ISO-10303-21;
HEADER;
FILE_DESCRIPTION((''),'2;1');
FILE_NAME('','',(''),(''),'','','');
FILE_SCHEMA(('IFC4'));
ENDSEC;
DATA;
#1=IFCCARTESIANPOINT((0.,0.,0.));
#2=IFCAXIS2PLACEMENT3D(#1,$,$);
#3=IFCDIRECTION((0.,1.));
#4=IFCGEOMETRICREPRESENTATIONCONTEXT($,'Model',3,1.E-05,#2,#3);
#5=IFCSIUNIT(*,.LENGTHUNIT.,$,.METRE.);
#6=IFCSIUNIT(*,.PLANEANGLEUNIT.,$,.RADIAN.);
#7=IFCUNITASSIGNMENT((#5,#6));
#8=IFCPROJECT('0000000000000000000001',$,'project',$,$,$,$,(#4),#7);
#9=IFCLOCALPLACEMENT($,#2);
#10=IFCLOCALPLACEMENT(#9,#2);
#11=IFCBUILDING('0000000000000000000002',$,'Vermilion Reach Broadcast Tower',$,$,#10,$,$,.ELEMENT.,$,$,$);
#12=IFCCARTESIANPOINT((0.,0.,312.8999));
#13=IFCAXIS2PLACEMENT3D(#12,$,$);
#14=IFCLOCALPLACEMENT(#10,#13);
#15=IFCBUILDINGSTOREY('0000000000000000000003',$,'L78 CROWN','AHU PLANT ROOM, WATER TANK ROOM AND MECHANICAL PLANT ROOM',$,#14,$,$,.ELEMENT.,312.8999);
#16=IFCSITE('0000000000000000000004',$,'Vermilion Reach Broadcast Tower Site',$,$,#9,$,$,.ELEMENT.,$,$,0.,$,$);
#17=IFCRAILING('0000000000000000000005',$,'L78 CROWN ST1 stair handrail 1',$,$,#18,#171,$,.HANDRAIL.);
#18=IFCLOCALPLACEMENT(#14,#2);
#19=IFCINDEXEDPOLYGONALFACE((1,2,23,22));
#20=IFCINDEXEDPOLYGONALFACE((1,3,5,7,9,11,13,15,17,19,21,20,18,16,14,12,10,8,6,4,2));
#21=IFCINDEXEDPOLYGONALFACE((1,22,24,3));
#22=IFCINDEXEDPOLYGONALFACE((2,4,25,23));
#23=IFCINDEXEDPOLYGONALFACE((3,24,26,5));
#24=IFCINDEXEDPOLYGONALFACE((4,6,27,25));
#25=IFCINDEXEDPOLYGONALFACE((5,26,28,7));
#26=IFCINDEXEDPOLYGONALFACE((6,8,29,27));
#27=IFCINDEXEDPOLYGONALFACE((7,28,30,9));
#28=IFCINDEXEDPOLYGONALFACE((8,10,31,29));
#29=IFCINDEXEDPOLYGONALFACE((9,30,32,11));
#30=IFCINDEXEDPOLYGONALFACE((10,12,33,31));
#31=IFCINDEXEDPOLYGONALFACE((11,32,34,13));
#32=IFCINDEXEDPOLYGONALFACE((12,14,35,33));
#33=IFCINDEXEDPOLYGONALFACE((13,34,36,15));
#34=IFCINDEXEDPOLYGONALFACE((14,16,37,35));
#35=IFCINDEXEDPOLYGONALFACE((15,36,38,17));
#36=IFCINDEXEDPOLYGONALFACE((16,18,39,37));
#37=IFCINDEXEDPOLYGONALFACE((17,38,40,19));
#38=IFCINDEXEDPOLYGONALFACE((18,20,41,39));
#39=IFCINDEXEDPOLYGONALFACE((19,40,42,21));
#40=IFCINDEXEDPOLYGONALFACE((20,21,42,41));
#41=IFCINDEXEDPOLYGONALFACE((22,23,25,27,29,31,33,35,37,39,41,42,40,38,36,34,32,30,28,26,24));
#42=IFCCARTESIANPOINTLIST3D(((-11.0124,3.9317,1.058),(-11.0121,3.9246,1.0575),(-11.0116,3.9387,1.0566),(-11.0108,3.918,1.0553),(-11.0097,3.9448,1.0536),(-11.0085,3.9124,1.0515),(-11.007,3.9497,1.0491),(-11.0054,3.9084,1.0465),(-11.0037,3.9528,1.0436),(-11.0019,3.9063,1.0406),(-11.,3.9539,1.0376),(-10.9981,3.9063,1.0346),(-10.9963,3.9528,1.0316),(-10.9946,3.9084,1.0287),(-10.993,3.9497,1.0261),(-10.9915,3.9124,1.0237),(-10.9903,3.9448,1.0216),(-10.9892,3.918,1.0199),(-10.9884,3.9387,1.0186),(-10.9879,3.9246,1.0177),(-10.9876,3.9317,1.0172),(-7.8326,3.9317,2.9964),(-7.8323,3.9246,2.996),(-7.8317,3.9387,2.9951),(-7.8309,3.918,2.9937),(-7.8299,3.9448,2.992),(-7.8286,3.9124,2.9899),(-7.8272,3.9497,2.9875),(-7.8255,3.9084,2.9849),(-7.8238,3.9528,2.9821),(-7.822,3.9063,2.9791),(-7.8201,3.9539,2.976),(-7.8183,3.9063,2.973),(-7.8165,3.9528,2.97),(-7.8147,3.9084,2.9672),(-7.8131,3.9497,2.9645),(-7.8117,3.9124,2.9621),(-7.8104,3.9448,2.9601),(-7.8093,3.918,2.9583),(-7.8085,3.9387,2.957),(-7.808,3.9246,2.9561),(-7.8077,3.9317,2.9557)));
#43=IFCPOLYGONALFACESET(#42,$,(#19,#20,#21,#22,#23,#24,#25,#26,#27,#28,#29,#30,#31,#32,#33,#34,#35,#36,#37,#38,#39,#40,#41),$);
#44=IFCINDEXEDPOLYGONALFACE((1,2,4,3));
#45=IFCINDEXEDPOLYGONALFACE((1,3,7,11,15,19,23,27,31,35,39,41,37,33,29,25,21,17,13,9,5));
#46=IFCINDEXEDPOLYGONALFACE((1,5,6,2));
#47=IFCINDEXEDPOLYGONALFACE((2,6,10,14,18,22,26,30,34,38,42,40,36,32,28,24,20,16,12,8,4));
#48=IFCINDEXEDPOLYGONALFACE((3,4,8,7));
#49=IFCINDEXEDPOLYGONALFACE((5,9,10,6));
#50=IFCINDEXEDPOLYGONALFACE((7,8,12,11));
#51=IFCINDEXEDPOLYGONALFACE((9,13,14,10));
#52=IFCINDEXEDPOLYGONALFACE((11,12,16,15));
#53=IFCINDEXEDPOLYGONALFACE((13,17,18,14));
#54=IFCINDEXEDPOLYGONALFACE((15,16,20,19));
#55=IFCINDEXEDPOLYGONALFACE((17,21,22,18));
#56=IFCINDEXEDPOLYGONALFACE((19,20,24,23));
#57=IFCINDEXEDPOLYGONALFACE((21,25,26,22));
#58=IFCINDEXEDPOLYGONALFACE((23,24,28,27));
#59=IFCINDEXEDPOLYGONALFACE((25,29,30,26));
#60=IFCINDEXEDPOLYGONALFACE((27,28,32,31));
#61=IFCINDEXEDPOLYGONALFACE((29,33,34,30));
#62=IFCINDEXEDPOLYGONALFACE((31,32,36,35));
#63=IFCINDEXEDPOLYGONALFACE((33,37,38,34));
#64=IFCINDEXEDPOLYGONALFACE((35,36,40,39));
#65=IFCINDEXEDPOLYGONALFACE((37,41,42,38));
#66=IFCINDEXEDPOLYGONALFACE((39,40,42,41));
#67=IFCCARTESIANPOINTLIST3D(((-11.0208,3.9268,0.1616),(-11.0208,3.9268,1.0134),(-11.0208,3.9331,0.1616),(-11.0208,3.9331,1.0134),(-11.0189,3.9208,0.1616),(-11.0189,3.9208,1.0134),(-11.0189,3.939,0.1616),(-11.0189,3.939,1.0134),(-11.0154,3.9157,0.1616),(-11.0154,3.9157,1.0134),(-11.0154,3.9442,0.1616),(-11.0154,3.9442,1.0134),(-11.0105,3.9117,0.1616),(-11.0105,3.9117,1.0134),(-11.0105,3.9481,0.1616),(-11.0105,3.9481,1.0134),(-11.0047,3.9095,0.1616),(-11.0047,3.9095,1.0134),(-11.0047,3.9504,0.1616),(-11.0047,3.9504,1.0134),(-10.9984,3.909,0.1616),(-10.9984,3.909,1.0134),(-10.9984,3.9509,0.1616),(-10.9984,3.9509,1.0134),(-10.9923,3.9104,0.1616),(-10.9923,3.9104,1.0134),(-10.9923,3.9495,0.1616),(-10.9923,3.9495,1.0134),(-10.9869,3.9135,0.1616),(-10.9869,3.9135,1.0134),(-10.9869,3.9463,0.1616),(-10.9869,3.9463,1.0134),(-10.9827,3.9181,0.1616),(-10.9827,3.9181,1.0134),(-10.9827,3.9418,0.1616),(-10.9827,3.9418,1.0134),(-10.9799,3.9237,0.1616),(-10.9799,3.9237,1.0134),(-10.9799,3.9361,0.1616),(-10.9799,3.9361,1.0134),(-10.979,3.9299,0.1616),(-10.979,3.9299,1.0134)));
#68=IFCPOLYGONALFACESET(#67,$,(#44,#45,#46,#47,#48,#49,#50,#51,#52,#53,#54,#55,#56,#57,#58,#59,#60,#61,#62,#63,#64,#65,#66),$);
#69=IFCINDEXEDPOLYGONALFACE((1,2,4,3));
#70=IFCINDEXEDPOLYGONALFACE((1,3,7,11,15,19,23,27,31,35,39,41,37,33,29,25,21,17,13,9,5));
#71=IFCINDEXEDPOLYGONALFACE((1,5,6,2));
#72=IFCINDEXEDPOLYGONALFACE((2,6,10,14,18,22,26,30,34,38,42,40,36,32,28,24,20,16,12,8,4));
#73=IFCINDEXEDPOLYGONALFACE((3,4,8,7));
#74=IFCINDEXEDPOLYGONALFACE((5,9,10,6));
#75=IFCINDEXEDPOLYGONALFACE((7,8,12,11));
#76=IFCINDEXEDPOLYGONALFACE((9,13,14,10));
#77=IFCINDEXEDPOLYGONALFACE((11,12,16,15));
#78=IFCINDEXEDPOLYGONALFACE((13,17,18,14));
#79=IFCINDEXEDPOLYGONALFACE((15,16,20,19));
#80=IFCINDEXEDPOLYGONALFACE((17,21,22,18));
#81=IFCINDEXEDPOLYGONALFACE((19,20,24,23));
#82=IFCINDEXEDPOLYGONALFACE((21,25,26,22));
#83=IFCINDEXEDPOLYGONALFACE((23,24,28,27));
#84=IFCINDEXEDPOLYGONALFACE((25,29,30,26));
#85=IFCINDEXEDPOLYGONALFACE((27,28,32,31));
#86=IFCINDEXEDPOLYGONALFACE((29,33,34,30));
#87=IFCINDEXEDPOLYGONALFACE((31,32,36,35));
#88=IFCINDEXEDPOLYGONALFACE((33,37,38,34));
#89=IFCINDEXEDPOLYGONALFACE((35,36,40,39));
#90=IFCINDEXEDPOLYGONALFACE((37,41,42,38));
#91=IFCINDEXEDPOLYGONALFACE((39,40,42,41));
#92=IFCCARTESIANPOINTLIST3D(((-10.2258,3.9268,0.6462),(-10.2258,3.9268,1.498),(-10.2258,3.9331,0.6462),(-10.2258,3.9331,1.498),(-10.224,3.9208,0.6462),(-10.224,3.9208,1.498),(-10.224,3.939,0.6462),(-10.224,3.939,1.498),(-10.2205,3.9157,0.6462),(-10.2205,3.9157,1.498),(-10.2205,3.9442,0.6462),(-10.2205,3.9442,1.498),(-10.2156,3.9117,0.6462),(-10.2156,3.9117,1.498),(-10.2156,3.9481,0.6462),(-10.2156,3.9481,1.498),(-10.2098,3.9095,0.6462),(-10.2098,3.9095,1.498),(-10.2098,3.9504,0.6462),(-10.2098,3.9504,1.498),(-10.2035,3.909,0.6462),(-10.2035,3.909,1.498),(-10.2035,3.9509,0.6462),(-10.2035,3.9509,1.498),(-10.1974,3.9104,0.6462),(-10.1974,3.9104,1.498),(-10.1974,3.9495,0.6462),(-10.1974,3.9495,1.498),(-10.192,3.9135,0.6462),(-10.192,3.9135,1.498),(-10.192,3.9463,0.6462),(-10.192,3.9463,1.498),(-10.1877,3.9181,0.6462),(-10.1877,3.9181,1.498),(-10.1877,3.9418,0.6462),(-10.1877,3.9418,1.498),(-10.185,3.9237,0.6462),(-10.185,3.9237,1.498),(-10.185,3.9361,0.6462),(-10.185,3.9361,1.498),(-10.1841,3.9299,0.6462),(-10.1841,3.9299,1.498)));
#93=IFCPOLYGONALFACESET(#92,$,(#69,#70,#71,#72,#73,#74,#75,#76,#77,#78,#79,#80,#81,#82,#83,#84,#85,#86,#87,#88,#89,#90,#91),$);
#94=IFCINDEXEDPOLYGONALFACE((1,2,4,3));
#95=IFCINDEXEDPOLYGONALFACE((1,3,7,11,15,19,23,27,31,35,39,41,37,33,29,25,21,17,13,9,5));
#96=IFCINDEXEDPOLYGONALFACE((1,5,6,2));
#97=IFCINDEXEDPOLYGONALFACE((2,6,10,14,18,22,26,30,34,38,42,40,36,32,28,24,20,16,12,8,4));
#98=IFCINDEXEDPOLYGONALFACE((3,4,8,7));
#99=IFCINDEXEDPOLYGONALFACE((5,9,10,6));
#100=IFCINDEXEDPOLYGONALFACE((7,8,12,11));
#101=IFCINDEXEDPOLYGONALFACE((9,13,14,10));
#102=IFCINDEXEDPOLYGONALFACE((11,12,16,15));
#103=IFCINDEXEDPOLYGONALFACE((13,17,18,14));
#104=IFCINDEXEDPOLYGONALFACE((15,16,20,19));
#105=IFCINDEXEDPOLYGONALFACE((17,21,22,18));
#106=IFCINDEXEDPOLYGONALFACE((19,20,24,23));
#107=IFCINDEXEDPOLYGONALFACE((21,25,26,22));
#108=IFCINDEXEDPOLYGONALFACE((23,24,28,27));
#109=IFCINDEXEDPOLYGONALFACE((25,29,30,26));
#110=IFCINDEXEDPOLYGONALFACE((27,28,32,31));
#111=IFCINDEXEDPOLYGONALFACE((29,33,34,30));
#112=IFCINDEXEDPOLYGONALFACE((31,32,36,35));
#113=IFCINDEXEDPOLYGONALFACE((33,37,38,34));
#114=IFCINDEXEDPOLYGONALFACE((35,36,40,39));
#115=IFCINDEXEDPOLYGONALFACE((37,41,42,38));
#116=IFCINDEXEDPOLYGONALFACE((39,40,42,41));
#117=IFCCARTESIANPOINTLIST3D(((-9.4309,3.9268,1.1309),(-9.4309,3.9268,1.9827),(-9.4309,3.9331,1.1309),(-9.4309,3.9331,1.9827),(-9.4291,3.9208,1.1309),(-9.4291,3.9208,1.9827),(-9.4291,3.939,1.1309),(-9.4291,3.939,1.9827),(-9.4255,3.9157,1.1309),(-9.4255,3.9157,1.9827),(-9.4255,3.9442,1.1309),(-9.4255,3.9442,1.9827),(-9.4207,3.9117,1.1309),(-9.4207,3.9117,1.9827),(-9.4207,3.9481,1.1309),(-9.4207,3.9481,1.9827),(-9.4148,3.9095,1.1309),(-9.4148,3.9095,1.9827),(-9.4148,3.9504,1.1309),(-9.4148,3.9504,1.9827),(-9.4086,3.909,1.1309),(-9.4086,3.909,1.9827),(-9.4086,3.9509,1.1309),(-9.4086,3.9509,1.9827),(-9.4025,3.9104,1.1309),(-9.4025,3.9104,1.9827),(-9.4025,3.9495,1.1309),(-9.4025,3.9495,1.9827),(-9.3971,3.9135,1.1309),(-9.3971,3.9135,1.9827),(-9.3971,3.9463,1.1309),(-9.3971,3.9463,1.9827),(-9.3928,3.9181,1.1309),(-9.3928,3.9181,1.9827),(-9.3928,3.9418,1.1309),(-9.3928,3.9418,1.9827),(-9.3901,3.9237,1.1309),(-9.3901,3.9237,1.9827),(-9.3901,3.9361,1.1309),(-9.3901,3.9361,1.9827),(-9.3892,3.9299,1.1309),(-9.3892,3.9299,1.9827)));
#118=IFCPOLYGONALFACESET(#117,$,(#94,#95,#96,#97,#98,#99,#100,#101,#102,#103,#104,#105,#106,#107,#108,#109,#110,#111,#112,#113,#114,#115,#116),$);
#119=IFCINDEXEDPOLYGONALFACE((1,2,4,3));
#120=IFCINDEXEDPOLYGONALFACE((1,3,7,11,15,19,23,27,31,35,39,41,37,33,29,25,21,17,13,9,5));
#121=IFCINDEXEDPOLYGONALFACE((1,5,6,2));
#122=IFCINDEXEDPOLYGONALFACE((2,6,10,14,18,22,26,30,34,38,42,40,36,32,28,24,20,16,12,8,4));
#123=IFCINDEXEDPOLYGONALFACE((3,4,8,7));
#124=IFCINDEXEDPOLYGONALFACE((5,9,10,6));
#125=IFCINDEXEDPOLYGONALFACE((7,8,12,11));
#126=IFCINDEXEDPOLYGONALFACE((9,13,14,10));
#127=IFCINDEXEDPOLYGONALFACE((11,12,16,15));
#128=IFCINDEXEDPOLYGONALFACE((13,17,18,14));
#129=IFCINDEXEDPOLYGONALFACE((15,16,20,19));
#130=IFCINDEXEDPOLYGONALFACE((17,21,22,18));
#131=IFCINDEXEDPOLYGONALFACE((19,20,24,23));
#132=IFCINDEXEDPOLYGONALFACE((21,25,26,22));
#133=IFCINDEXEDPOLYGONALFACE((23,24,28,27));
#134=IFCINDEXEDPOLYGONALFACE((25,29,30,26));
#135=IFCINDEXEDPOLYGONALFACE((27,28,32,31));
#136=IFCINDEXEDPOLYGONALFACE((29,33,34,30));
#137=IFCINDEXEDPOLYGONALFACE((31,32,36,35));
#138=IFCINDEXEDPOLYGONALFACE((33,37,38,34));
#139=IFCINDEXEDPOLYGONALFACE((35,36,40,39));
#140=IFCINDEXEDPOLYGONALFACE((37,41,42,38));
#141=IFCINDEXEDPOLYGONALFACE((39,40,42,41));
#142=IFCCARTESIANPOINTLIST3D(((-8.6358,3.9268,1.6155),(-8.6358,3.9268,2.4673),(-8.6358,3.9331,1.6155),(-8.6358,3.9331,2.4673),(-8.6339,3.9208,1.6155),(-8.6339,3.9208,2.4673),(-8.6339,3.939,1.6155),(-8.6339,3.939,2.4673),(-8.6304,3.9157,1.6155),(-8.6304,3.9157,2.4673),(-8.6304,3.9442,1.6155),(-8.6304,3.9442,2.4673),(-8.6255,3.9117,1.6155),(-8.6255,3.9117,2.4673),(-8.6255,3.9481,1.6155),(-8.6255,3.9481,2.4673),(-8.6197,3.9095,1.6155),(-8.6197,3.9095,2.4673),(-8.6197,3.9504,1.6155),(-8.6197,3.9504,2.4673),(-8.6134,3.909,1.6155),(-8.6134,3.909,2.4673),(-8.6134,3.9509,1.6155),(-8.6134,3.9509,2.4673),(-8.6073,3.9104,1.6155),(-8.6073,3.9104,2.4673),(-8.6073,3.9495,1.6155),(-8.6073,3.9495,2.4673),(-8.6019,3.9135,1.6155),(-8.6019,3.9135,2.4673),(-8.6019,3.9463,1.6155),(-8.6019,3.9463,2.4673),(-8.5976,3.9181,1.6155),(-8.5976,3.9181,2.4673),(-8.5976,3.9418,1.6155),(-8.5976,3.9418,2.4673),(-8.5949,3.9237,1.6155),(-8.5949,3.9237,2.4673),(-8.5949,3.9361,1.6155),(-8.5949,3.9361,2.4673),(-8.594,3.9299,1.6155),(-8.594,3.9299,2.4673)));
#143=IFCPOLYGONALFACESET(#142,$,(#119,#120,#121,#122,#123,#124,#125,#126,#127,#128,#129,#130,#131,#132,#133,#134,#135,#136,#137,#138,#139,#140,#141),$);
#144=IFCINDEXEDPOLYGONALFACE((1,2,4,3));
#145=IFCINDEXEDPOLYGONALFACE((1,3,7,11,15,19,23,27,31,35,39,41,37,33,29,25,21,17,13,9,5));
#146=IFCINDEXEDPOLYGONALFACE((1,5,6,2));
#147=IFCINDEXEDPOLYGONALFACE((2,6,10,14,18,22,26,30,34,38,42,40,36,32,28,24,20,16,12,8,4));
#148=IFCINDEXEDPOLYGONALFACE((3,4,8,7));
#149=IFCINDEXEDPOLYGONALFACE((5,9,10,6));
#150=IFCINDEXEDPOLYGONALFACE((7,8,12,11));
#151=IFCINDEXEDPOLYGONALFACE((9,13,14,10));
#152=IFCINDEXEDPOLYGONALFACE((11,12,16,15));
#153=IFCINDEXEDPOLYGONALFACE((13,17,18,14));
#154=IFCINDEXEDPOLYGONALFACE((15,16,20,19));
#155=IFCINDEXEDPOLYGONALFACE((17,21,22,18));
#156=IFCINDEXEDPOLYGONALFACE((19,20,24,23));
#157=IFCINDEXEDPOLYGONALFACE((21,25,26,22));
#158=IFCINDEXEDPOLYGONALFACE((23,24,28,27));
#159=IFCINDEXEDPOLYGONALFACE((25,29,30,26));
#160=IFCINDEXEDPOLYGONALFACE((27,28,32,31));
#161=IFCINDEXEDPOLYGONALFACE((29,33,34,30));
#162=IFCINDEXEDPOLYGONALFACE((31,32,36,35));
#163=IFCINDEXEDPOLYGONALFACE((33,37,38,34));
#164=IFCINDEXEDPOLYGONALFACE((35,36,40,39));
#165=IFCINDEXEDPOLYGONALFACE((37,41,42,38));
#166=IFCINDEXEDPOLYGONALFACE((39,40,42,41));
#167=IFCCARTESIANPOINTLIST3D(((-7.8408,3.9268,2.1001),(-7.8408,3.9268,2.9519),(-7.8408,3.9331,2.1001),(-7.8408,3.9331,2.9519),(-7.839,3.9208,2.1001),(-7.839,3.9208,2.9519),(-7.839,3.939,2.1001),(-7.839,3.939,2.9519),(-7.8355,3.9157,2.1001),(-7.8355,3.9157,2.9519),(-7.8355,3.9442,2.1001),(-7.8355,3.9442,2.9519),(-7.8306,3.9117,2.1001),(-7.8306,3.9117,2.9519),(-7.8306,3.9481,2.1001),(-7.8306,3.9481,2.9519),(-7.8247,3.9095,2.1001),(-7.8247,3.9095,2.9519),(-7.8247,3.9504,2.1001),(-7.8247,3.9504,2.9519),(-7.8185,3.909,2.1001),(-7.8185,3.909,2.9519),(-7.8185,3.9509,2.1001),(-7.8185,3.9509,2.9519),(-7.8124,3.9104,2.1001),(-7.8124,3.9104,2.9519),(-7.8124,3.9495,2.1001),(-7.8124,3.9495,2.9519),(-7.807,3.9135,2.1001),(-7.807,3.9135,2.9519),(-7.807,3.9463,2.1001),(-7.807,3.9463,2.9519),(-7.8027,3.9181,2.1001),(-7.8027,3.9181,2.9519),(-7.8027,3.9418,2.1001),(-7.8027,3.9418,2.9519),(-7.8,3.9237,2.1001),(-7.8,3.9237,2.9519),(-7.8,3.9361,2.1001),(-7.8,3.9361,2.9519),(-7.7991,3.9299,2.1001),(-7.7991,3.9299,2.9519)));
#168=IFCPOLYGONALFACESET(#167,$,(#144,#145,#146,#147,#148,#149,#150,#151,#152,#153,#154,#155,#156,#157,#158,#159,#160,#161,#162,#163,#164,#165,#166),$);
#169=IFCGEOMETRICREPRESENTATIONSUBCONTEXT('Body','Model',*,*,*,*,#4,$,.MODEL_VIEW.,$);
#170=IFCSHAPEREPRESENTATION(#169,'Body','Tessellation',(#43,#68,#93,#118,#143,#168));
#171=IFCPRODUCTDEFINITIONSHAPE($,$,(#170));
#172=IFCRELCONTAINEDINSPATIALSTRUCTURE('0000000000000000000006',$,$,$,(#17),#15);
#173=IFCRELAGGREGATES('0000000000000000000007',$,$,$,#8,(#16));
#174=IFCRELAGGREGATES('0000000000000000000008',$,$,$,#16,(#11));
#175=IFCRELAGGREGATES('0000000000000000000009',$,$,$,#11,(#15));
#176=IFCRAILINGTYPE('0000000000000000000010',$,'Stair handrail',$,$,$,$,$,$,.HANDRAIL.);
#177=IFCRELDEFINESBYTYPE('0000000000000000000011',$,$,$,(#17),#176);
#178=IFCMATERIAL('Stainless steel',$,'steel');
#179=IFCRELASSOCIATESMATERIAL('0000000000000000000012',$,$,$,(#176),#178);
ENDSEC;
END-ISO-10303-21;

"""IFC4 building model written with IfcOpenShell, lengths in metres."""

from ifc_helpers import new_model, si_unit, direction, frame, origin, origin_2d, place, context, subcontext, project, spatial, circle, extrude, material, type_object, element, save


model = new_model("IFC4")

# Units and contexts
model_context = context("Model", 3, precision=1e-05, world=origin(), true_north=direction((0.0, 1.0)))
body_context = subcontext(model_context, "Body", "Model", "MODEL_VIEW")
ifc_project = project(units=[si_unit("LENGTHUNIT", "METRE"), si_unit("PLANEANGLEUNIT", "RADIAN")], contexts=[model_context])

# Site, building, storey
site_placement = place(None, origin())
site = spatial("IfcSite", under=ifc_project, at=site_placement, Name="Vermilion Reach Broadcast Tower Site", CompositionType="ELEMENT", RefElevation=0.0)
building_placement = place(site_placement, origin())
building = spatial("IfcBuilding", under=site, at=building_placement, Name="Vermilion Reach Broadcast Tower", CompositionType="ELEMENT")
storey_placement = place(building_placement, frame((0.0, 0.0, 312.8999)))
storey = spatial("IfcBuildingStorey", under=building, at=storey_placement, Name="L78 CROWN", Description="AHU PLANT ROOM, WATER TANK ROOM AND MECHANICAL PLANT ROOM", CompositionType="ELEMENT", Elevation=312.8999)

# Railing
ifc_material_1 = material(Name="Stainless steel", Category="steel")
railing_type_1 = type_object("IfcRailingType", Name="Stair handrail", PredefinedType="HANDRAIL", material=ifc_material_1)
railing_1_placement = place(storey_placement, frame((-11.0, 3.9299, 0.1616)))
element("IfcRailing", 1, at=railing_1_placement, inside=storey, type_object=railing_type_1, Name="L78 CROWN ST1 stair handrail 1", PredefinedType="HANDRAIL", context=body_context, shape_type="SweptSolid", body=[
    extrude(circle(Radius=0.0239, at=origin_2d()), frame((0.0, 0.0, 0.876), z_axis=(0.853857, 0.0, 0.520508), x_axis=(0.0, 1.0, 0.0)), (0.0, 0.0, 1.0), 3.7241),
    extrude(circle(Radius=0.021, at=origin_2d()), origin(), (0.0, 0.0, 1.0), 0.8518),
    extrude(circle(Radius=0.021, at=origin_2d()), frame((0.7949, 0.0, 0.4846)), (0.0, 0.0, 1.0), 0.8518),
    extrude(circle(Radius=0.021, at=origin_2d()), frame((1.5898, 0.0, 0.9692)), (0.0, 0.0, 1.0), 0.8518),
    extrude(circle(Radius=0.021, at=origin_2d()), frame((2.385, 0.0, 1.4539)), (0.0, 0.0, 1.0), 0.8518),
    extrude(circle(Radius=0.021, at=origin_2d()), frame((3.1799, 0.0, 1.9385)), (0.0, 0.0, 1.0), 0.8518),
])

save(model, "model.ifc")
